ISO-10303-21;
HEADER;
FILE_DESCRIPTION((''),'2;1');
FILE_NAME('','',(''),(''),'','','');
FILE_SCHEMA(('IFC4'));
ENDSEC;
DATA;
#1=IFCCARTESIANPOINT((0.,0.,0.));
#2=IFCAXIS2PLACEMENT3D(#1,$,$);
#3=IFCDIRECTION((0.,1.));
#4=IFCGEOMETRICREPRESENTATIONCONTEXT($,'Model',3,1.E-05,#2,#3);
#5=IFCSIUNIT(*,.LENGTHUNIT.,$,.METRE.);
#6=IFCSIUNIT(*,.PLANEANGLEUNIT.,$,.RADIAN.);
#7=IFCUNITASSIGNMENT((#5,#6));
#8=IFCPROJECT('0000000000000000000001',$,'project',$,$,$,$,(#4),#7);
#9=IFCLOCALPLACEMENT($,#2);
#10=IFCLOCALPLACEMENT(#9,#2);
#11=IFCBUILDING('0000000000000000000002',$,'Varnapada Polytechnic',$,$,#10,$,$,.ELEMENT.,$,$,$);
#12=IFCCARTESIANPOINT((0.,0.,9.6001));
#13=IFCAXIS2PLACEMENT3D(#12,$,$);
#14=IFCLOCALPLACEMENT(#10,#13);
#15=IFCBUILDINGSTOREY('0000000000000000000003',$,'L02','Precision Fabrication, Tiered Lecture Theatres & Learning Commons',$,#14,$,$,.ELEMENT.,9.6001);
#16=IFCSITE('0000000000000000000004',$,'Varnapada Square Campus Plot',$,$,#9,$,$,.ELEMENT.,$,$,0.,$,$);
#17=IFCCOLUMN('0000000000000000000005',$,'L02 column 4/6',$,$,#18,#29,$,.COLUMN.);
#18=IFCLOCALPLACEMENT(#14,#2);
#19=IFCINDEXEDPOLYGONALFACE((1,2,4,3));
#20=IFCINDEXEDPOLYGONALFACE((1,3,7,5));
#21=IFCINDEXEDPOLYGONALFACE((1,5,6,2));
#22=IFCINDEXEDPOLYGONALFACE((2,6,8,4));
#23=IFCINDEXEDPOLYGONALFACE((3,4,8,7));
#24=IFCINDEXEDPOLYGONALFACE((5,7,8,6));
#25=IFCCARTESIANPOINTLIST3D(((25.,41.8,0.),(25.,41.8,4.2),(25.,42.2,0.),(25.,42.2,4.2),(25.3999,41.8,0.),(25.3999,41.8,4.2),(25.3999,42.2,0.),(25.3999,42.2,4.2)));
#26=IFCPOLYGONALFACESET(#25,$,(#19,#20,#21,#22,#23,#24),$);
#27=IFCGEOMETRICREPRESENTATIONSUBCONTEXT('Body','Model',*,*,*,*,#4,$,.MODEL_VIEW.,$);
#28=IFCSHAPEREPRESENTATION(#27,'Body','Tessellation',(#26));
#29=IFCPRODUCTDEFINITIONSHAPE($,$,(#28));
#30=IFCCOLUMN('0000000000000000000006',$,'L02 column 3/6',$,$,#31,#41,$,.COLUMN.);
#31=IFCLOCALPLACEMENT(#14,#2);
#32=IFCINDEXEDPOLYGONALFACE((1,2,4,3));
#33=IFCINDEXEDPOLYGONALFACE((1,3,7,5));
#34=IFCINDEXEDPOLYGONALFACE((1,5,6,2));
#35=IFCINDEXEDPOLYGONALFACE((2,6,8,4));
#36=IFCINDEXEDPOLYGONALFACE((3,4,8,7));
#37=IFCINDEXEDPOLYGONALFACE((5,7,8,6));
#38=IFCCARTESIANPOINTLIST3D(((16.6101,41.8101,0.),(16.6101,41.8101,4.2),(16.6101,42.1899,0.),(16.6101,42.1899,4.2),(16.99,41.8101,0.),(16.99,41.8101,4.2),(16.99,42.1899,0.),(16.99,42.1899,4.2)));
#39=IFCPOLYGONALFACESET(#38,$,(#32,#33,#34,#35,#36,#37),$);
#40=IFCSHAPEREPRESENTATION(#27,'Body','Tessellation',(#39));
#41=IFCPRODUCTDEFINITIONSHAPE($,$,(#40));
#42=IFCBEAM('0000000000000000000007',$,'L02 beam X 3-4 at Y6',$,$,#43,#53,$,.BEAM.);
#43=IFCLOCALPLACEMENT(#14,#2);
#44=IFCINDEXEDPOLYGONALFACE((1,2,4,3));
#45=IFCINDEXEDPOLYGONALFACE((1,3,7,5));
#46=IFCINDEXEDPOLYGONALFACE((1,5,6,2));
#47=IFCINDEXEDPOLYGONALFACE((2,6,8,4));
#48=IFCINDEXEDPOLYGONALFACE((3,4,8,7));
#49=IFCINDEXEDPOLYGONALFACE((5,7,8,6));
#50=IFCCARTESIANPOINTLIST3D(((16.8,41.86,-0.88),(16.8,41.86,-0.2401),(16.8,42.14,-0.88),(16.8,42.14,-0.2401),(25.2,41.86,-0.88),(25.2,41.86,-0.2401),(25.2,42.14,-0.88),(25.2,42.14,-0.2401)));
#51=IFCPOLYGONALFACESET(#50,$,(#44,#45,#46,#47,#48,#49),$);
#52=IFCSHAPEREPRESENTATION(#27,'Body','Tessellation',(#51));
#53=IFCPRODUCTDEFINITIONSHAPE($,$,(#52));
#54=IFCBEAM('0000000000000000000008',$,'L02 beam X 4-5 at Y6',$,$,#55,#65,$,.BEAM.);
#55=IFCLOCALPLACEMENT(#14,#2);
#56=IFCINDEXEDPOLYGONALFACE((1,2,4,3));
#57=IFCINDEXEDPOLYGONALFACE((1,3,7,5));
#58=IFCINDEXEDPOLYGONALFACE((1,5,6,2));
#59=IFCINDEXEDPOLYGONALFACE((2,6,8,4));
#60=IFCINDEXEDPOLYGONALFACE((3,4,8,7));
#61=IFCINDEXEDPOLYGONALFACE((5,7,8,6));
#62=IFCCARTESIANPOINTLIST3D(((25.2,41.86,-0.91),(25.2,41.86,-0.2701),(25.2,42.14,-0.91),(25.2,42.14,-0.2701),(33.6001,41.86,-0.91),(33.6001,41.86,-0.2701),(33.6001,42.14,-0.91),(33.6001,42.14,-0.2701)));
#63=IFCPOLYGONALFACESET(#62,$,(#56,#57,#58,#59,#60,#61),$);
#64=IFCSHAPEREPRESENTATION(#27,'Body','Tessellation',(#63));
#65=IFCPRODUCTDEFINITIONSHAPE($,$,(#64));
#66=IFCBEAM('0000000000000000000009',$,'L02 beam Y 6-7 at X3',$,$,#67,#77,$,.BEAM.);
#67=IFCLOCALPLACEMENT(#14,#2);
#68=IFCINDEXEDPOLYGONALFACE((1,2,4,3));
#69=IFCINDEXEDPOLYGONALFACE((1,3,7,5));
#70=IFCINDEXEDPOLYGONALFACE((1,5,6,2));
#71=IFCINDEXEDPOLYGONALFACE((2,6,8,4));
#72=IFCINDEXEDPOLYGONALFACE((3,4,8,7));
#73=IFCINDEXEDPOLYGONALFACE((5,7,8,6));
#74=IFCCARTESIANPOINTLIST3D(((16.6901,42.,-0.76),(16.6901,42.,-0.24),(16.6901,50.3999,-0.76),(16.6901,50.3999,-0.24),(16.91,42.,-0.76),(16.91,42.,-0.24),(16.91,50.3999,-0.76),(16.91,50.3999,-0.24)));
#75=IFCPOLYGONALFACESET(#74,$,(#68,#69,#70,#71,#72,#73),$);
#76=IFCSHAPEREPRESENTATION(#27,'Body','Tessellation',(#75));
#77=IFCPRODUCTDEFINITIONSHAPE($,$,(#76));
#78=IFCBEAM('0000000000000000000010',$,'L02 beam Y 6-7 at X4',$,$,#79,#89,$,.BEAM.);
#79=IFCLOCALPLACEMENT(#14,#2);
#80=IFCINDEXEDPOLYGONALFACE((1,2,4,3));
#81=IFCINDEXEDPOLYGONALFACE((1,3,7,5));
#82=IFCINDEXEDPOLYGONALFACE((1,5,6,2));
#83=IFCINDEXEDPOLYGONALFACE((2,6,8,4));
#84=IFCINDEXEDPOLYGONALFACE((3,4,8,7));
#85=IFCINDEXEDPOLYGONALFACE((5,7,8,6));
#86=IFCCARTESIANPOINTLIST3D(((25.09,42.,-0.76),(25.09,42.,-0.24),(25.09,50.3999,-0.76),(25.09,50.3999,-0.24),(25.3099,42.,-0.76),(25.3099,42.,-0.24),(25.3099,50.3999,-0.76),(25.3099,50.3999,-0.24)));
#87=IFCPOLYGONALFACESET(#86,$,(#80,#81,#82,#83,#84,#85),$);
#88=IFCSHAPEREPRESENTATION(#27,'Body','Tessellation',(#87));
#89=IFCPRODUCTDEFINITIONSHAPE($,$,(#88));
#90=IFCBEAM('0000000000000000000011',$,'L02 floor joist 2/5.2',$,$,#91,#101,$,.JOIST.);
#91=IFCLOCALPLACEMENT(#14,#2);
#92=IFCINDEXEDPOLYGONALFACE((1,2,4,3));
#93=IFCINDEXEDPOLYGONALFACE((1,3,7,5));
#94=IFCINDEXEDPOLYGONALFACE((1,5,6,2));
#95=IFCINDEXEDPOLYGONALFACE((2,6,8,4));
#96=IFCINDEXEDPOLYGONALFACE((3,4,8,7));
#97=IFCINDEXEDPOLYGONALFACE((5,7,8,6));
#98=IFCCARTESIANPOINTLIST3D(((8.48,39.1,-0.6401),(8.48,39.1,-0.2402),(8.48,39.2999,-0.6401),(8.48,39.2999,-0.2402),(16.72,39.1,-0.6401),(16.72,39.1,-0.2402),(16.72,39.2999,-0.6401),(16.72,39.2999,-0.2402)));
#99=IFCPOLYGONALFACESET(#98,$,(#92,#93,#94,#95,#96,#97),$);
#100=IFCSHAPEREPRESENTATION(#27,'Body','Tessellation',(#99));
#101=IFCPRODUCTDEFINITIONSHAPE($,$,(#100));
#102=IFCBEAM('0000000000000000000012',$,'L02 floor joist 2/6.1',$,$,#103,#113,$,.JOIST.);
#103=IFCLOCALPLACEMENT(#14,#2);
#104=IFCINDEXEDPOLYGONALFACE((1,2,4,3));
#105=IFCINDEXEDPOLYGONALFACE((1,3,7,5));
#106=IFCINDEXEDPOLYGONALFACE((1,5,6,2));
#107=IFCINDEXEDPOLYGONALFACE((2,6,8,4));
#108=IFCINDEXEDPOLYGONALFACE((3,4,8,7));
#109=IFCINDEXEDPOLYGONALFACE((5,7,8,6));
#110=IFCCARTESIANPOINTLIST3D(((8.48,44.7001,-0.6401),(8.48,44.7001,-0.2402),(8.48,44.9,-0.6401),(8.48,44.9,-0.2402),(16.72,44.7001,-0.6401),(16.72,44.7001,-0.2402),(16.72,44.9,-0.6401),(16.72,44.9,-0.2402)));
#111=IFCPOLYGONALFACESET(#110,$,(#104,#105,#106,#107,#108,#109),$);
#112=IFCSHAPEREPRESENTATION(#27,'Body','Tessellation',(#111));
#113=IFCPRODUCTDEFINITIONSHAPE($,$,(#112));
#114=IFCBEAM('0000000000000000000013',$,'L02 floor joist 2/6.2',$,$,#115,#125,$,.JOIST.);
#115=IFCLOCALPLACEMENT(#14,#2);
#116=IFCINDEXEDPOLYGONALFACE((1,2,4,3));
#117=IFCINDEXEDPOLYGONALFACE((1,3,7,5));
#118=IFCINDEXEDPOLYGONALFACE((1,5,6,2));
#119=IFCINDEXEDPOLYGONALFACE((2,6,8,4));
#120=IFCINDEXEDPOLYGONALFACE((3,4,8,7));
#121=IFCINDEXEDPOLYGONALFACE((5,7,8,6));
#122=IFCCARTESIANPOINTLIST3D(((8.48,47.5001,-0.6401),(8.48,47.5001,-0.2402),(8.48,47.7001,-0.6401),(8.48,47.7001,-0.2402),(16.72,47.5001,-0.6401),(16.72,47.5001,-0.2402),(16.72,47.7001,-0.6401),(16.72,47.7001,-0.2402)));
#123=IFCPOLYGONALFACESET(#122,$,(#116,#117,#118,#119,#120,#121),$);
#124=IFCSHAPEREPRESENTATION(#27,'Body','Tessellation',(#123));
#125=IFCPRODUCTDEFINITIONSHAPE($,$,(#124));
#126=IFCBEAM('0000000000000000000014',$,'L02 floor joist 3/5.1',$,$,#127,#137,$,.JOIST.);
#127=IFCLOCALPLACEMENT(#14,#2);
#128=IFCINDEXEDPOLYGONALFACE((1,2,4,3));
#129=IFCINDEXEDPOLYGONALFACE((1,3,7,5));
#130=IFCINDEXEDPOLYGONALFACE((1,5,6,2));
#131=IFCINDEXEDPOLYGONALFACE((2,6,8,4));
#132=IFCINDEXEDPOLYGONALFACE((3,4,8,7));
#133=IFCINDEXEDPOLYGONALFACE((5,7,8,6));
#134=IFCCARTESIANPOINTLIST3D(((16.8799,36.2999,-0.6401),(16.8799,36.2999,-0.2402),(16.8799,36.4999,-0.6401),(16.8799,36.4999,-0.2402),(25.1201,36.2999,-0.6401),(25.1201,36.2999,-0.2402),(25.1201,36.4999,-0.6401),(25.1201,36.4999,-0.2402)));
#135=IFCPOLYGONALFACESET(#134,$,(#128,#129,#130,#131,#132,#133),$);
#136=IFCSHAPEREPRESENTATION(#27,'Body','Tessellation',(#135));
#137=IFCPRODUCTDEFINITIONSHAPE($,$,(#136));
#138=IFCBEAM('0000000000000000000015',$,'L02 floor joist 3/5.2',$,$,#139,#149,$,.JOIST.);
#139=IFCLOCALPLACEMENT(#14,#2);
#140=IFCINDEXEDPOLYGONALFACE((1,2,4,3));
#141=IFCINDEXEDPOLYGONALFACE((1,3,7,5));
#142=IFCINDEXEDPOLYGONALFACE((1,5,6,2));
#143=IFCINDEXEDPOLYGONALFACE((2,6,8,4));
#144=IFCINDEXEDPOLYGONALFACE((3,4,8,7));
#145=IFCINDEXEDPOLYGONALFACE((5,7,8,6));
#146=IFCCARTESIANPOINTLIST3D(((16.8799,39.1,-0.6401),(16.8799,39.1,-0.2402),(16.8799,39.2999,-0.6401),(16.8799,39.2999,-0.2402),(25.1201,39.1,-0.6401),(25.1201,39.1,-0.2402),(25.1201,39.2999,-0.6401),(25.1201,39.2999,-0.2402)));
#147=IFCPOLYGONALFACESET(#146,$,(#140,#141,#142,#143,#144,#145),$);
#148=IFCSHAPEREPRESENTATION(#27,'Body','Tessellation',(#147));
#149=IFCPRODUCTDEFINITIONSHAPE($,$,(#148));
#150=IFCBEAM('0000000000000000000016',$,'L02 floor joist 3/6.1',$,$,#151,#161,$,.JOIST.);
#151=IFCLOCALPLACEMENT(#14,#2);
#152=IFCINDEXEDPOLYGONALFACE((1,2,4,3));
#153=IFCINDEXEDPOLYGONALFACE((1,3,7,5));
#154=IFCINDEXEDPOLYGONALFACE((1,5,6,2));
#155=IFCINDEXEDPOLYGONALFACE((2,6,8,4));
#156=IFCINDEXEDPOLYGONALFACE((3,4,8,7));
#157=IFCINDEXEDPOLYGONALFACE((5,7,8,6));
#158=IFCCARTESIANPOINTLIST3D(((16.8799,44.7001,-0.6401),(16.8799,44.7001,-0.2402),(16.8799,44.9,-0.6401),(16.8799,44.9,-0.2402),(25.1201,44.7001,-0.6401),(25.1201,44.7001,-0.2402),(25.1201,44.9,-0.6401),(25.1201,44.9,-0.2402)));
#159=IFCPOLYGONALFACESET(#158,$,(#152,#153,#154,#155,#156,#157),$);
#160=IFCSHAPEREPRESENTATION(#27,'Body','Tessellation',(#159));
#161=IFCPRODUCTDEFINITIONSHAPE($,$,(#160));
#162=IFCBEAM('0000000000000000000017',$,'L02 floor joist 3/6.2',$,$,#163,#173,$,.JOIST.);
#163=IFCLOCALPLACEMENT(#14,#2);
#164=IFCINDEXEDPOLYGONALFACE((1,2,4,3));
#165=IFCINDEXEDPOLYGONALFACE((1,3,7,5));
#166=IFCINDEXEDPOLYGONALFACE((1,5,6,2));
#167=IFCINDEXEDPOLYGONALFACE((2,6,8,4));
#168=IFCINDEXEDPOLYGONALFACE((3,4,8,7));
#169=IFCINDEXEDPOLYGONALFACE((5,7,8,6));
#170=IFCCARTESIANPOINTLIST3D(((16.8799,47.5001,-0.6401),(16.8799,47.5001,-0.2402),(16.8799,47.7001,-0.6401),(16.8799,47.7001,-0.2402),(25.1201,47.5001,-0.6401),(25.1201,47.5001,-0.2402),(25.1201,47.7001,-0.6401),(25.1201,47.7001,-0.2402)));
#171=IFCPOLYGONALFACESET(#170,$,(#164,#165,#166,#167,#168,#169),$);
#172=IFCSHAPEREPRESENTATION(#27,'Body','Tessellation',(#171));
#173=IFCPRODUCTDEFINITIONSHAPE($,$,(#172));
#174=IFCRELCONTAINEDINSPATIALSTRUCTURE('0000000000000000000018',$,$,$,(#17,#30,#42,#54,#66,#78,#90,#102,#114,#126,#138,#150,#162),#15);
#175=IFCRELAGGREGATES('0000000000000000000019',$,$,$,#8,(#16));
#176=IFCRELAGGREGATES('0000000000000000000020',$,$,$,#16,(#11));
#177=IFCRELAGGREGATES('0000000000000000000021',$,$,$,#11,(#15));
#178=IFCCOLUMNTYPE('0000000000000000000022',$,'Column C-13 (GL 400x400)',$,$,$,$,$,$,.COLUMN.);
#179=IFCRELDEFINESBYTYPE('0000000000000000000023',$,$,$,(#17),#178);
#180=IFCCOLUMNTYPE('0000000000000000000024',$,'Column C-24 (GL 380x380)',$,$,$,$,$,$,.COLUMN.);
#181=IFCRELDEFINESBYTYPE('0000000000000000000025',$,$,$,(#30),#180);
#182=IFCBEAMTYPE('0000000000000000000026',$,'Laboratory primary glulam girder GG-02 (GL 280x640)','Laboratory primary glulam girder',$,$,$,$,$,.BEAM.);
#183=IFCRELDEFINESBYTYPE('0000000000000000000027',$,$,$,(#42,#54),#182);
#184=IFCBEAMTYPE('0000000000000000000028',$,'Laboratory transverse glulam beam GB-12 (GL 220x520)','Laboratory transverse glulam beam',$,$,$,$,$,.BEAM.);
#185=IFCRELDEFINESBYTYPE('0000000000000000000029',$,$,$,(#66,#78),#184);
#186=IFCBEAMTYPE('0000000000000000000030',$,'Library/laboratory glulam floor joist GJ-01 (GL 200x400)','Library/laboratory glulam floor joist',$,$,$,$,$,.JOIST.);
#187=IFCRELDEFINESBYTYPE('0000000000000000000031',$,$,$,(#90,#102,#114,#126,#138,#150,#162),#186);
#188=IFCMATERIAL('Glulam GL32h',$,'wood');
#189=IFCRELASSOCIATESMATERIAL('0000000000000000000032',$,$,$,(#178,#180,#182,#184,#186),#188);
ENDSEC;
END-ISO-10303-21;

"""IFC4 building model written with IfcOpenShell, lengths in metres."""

from ifc_helpers import new_model, si_unit, direction, frame, origin, origin_2d, place, context, subcontext, project, spatial, rectangle, extrude, material, material_profile, profile_set, type_object, element, save


model = new_model("IFC4")

# Units and contexts
model_context = context("Model", 3, precision=1e-05, world=origin(), true_north=direction((0.0, 1.0)))
body_context = subcontext(model_context, "Body", "Model", "MODEL_VIEW")
ifc_project = project(units=[si_unit("LENGTHUNIT", "METRE"), si_unit("PLANEANGLEUNIT", "RADIAN")], contexts=[model_context])

# Site, building, storey
site_placement = place(None, origin())
site = spatial("IfcSite", under=ifc_project, at=site_placement, Name="Varnapada Square Campus Plot", CompositionType="ELEMENT", RefElevation=0.0)
building_placement = place(site_placement, origin())
building = spatial("IfcBuilding", under=site, at=building_placement, Name="Varnapada Polytechnic", CompositionType="ELEMENT")
storey_placement = place(building_placement, frame((0.0, 0.0, 9.6001)))
storey = spatial("IfcBuildingStorey", under=building, at=storey_placement, Name="L02", Description="Precision Fabrication, Tiered Lecture Theatres & Learning Commons", CompositionType="ELEMENT", Elevation=9.6001)

# Columns
ifc_material_1 = material(Name="Glulam GL32h", Category="wood")
ifc_material_profile_1 = material_profile(ifc_material_1, rectangle(XDim=0.3999, YDim=0.3999, at=origin_2d()), Name="GL 400x400")
ifc_profile_set_1 = profile_set([ifc_material_profile_1], Name="Glulam GL32h")
column_type_1 = type_object("IfcColumnType", Name="Column C-13 (GL 400x400)", PredefinedType="COLUMN", material=ifc_profile_set_1)
column_1_placement = place(storey_placement, frame((25.2, 42.0, 0.0), z_axis=(0.0, 0.0, 1.0), x_axis=(1.0, 0.0, 0.0)))
element("IfcColumn", 1, at=column_1_placement, inside=storey, type_object=column_type_1, Name="L02 column 4/6", PredefinedType="COLUMN", context=body_context, shape_type="SweptSolid", body=[
    extrude(rectangle(XDim=0.3999, YDim=0.3999, at=origin_2d()), origin(), (0.0, 0.0, 1.0), 4.2),
])
ifc_material_profile_2 = material_profile(ifc_material_1, rectangle(XDim=0.3799, YDim=0.3799, at=origin_2d()), Name="GL 380x380")
ifc_profile_set_2 = profile_set([ifc_material_profile_2], Name="Glulam GL32h")
column_type_2 = type_object("IfcColumnType", Name="Column C-24 (GL 380x380)", PredefinedType="COLUMN", material=ifc_profile_set_2)
column_2_placement = place(storey_placement, frame((16.8, 42.0, 0.0), z_axis=(0.0, 0.0, 1.0), x_axis=(1.0, 0.0, 0.0)))
element("IfcColumn", 2, at=column_2_placement, inside=storey, type_object=column_type_2, Name="L02 column 3/6", PredefinedType="COLUMN", context=body_context, shape_type="SweptSolid", body=[
    extrude(rectangle(XDim=0.3799, YDim=0.3799, at=origin_2d()), origin(), (0.0, 0.0, 1.0), 4.2),
])

# Beams
ifc_material_profile_3 = material_profile(ifc_material_1, rectangle(XDim=0.28, YDim=0.6399, at=origin_2d()), Name="GL 280x640")
ifc_profile_set_3 = profile_set([ifc_material_profile_3], Name="Glulam GL32h")
beam_type_1 = type_object("IfcBeamType", Name="Laboratory primary glulam girder GG-02 (GL 280x640)", Description="Laboratory primary glulam girder", PredefinedType="BEAM", material=ifc_profile_set_3)
beam_1_placement = place(storey_placement, frame((16.8, 42.0, -0.5601), z_axis=(1.0, 0.0, 0.0), x_axis=(0.0, 1.0, 0.0)))
element("IfcBeam", 3, at=beam_1_placement, inside=storey, type_object=beam_type_1, Name="L02 beam X 3-4 at Y6", PredefinedType="BEAM", context=body_context, shape_type="SweptSolid", body=[
    extrude(rectangle(XDim=0.28, YDim=0.6399, at=origin_2d()), origin(), (0.0, 0.0, 1.0), 8.3999),
])
beam_2_placement = place(storey_placement, frame((25.2, 42.0, -0.5901), z_axis=(1.0, 0.0, 0.0), x_axis=(0.0, 1.0, 0.0)))
element("IfcBeam", 4, at=beam_2_placement, inside=storey, type_object=beam_type_1, Name="L02 beam X 4-5 at Y6", PredefinedType="BEAM", context=body_context, shape_type="SweptSolid", body=[
    extrude(rectangle(XDim=0.28, YDim=0.6399, at=origin_2d()), origin(), (0.0, 0.0, 1.0), 8.4001),
])
ifc_material_profile_4 = material_profile(ifc_material_1, rectangle(XDim=0.22, YDim=0.52, at=origin_2d()), Name="GL 220x520")
ifc_profile_set_4 = profile_set([ifc_material_profile_4], Name="Glulam GL32h")
beam_type_2 = type_object("IfcBeamType", Name="Laboratory transverse glulam beam GB-12 (GL 220x520)", Description="Laboratory transverse glulam beam", PredefinedType="BEAM", material=ifc_profile_set_4)
for number, where, z_axis, x_axis, name in (
    (5, (16.8, 42.0, -0.5), (0.0, 1.0, 0.0), (-1.0, 0.0, 0.0), "L02 beam Y 6-7 at X3"),
    (6, (25.2, 42.0, -0.5), (0.0, 1.0, 0.0), (-1.0, 0.0, 0.0), "L02 beam Y 6-7 at X4"),
):
    element("IfcBeam", number, at=place(storey_placement, frame(where, z_axis=z_axis, x_axis=x_axis)), inside=storey, type_object=beam_type_2, Name=name, PredefinedType="BEAM", context=body_context, shape_type="SweptSolid", body=[
        extrude(rectangle(XDim=0.22, YDim=0.52, at=origin_2d()), origin(), (0.0, 0.0, 1.0), 8.3999),
    ])
ifc_material_profile_5 = material_profile(ifc_material_1, rectangle(XDim=0.2, YDim=0.3999, at=origin_2d()), Name="GL 200x400")
ifc_profile_set_5 = profile_set([ifc_material_profile_5], Name="Glulam GL32h")
beam_type_3 = type_object("IfcBeamType", Name="Library/laboratory glulam floor joist GJ-01 (GL 200x400)", Description="Library/laboratory glulam floor joist", PredefinedType="JOIST", material=ifc_profile_set_5)
for number, where, z_axis, x_axis, name in (
    (7, (8.48, 39.2, -0.4402), (1.0, 0.0, 0.0), (0.0, 1.0, 0.0), "L02 floor joist 2/5.2"),
    (8, (8.48, 44.8, -0.4402), (1.0, 0.0, 0.0), (0.0, 1.0, 0.0), "L02 floor joist 2/6.1"),
    (9, (8.48, 47.6001, -0.4402), (1.0, 0.0, 0.0), (0.0, 1.0, 0.0), "L02 floor joist 2/6.2"),
):
    element("IfcBeam", number, at=place(storey_placement, frame(where, z_axis=z_axis, x_axis=x_axis)), inside=storey, type_object=beam_type_3, Name=name, PredefinedType="JOIST", context=body_context, shape_type="SweptSolid", body=[
        extrude(rectangle(XDim=0.2, YDim=0.3999, at=origin_2d()), origin(), (0.0, 0.0, 1.0), 8.24),
    ])
for number, where, z_axis, x_axis, name in (
    (10, (16.8799, 36.3999, -0.4402), (1.0, 0.0, 0.0), (0.0, 1.0, 0.0), "L02 floor joist 3/5.1"),
    (11, (16.8799, 39.2, -0.4402), (1.0, 0.0, 0.0), (0.0, 1.0, 0.0), "L02 floor joist 3/5.2"),
    (12, (16.8799, 44.8, -0.4402), (1.0, 0.0, 0.0), (0.0, 1.0, 0.0), "L02 floor joist 3/6.1"),
    (13, (16.8799, 47.6001, -0.4402), (1.0, 0.0, 0.0), (0.0, 1.0, 0.0), "L02 floor joist 3/6.2"),
):
    element("IfcBeam", number, at=place(storey_placement, frame(where, z_axis=z_axis, x_axis=x_axis)), inside=storey, type_object=beam_type_3, Name=name, PredefinedType="JOIST", context=body_context, shape_type="SweptSolid", body=[
        extrude(rectangle(XDim=0.2, YDim=0.3999, at=origin_2d()), origin(), (0.0, 0.0, 1.0), 8.2402),
    ])

save(model, "model.ifc")
